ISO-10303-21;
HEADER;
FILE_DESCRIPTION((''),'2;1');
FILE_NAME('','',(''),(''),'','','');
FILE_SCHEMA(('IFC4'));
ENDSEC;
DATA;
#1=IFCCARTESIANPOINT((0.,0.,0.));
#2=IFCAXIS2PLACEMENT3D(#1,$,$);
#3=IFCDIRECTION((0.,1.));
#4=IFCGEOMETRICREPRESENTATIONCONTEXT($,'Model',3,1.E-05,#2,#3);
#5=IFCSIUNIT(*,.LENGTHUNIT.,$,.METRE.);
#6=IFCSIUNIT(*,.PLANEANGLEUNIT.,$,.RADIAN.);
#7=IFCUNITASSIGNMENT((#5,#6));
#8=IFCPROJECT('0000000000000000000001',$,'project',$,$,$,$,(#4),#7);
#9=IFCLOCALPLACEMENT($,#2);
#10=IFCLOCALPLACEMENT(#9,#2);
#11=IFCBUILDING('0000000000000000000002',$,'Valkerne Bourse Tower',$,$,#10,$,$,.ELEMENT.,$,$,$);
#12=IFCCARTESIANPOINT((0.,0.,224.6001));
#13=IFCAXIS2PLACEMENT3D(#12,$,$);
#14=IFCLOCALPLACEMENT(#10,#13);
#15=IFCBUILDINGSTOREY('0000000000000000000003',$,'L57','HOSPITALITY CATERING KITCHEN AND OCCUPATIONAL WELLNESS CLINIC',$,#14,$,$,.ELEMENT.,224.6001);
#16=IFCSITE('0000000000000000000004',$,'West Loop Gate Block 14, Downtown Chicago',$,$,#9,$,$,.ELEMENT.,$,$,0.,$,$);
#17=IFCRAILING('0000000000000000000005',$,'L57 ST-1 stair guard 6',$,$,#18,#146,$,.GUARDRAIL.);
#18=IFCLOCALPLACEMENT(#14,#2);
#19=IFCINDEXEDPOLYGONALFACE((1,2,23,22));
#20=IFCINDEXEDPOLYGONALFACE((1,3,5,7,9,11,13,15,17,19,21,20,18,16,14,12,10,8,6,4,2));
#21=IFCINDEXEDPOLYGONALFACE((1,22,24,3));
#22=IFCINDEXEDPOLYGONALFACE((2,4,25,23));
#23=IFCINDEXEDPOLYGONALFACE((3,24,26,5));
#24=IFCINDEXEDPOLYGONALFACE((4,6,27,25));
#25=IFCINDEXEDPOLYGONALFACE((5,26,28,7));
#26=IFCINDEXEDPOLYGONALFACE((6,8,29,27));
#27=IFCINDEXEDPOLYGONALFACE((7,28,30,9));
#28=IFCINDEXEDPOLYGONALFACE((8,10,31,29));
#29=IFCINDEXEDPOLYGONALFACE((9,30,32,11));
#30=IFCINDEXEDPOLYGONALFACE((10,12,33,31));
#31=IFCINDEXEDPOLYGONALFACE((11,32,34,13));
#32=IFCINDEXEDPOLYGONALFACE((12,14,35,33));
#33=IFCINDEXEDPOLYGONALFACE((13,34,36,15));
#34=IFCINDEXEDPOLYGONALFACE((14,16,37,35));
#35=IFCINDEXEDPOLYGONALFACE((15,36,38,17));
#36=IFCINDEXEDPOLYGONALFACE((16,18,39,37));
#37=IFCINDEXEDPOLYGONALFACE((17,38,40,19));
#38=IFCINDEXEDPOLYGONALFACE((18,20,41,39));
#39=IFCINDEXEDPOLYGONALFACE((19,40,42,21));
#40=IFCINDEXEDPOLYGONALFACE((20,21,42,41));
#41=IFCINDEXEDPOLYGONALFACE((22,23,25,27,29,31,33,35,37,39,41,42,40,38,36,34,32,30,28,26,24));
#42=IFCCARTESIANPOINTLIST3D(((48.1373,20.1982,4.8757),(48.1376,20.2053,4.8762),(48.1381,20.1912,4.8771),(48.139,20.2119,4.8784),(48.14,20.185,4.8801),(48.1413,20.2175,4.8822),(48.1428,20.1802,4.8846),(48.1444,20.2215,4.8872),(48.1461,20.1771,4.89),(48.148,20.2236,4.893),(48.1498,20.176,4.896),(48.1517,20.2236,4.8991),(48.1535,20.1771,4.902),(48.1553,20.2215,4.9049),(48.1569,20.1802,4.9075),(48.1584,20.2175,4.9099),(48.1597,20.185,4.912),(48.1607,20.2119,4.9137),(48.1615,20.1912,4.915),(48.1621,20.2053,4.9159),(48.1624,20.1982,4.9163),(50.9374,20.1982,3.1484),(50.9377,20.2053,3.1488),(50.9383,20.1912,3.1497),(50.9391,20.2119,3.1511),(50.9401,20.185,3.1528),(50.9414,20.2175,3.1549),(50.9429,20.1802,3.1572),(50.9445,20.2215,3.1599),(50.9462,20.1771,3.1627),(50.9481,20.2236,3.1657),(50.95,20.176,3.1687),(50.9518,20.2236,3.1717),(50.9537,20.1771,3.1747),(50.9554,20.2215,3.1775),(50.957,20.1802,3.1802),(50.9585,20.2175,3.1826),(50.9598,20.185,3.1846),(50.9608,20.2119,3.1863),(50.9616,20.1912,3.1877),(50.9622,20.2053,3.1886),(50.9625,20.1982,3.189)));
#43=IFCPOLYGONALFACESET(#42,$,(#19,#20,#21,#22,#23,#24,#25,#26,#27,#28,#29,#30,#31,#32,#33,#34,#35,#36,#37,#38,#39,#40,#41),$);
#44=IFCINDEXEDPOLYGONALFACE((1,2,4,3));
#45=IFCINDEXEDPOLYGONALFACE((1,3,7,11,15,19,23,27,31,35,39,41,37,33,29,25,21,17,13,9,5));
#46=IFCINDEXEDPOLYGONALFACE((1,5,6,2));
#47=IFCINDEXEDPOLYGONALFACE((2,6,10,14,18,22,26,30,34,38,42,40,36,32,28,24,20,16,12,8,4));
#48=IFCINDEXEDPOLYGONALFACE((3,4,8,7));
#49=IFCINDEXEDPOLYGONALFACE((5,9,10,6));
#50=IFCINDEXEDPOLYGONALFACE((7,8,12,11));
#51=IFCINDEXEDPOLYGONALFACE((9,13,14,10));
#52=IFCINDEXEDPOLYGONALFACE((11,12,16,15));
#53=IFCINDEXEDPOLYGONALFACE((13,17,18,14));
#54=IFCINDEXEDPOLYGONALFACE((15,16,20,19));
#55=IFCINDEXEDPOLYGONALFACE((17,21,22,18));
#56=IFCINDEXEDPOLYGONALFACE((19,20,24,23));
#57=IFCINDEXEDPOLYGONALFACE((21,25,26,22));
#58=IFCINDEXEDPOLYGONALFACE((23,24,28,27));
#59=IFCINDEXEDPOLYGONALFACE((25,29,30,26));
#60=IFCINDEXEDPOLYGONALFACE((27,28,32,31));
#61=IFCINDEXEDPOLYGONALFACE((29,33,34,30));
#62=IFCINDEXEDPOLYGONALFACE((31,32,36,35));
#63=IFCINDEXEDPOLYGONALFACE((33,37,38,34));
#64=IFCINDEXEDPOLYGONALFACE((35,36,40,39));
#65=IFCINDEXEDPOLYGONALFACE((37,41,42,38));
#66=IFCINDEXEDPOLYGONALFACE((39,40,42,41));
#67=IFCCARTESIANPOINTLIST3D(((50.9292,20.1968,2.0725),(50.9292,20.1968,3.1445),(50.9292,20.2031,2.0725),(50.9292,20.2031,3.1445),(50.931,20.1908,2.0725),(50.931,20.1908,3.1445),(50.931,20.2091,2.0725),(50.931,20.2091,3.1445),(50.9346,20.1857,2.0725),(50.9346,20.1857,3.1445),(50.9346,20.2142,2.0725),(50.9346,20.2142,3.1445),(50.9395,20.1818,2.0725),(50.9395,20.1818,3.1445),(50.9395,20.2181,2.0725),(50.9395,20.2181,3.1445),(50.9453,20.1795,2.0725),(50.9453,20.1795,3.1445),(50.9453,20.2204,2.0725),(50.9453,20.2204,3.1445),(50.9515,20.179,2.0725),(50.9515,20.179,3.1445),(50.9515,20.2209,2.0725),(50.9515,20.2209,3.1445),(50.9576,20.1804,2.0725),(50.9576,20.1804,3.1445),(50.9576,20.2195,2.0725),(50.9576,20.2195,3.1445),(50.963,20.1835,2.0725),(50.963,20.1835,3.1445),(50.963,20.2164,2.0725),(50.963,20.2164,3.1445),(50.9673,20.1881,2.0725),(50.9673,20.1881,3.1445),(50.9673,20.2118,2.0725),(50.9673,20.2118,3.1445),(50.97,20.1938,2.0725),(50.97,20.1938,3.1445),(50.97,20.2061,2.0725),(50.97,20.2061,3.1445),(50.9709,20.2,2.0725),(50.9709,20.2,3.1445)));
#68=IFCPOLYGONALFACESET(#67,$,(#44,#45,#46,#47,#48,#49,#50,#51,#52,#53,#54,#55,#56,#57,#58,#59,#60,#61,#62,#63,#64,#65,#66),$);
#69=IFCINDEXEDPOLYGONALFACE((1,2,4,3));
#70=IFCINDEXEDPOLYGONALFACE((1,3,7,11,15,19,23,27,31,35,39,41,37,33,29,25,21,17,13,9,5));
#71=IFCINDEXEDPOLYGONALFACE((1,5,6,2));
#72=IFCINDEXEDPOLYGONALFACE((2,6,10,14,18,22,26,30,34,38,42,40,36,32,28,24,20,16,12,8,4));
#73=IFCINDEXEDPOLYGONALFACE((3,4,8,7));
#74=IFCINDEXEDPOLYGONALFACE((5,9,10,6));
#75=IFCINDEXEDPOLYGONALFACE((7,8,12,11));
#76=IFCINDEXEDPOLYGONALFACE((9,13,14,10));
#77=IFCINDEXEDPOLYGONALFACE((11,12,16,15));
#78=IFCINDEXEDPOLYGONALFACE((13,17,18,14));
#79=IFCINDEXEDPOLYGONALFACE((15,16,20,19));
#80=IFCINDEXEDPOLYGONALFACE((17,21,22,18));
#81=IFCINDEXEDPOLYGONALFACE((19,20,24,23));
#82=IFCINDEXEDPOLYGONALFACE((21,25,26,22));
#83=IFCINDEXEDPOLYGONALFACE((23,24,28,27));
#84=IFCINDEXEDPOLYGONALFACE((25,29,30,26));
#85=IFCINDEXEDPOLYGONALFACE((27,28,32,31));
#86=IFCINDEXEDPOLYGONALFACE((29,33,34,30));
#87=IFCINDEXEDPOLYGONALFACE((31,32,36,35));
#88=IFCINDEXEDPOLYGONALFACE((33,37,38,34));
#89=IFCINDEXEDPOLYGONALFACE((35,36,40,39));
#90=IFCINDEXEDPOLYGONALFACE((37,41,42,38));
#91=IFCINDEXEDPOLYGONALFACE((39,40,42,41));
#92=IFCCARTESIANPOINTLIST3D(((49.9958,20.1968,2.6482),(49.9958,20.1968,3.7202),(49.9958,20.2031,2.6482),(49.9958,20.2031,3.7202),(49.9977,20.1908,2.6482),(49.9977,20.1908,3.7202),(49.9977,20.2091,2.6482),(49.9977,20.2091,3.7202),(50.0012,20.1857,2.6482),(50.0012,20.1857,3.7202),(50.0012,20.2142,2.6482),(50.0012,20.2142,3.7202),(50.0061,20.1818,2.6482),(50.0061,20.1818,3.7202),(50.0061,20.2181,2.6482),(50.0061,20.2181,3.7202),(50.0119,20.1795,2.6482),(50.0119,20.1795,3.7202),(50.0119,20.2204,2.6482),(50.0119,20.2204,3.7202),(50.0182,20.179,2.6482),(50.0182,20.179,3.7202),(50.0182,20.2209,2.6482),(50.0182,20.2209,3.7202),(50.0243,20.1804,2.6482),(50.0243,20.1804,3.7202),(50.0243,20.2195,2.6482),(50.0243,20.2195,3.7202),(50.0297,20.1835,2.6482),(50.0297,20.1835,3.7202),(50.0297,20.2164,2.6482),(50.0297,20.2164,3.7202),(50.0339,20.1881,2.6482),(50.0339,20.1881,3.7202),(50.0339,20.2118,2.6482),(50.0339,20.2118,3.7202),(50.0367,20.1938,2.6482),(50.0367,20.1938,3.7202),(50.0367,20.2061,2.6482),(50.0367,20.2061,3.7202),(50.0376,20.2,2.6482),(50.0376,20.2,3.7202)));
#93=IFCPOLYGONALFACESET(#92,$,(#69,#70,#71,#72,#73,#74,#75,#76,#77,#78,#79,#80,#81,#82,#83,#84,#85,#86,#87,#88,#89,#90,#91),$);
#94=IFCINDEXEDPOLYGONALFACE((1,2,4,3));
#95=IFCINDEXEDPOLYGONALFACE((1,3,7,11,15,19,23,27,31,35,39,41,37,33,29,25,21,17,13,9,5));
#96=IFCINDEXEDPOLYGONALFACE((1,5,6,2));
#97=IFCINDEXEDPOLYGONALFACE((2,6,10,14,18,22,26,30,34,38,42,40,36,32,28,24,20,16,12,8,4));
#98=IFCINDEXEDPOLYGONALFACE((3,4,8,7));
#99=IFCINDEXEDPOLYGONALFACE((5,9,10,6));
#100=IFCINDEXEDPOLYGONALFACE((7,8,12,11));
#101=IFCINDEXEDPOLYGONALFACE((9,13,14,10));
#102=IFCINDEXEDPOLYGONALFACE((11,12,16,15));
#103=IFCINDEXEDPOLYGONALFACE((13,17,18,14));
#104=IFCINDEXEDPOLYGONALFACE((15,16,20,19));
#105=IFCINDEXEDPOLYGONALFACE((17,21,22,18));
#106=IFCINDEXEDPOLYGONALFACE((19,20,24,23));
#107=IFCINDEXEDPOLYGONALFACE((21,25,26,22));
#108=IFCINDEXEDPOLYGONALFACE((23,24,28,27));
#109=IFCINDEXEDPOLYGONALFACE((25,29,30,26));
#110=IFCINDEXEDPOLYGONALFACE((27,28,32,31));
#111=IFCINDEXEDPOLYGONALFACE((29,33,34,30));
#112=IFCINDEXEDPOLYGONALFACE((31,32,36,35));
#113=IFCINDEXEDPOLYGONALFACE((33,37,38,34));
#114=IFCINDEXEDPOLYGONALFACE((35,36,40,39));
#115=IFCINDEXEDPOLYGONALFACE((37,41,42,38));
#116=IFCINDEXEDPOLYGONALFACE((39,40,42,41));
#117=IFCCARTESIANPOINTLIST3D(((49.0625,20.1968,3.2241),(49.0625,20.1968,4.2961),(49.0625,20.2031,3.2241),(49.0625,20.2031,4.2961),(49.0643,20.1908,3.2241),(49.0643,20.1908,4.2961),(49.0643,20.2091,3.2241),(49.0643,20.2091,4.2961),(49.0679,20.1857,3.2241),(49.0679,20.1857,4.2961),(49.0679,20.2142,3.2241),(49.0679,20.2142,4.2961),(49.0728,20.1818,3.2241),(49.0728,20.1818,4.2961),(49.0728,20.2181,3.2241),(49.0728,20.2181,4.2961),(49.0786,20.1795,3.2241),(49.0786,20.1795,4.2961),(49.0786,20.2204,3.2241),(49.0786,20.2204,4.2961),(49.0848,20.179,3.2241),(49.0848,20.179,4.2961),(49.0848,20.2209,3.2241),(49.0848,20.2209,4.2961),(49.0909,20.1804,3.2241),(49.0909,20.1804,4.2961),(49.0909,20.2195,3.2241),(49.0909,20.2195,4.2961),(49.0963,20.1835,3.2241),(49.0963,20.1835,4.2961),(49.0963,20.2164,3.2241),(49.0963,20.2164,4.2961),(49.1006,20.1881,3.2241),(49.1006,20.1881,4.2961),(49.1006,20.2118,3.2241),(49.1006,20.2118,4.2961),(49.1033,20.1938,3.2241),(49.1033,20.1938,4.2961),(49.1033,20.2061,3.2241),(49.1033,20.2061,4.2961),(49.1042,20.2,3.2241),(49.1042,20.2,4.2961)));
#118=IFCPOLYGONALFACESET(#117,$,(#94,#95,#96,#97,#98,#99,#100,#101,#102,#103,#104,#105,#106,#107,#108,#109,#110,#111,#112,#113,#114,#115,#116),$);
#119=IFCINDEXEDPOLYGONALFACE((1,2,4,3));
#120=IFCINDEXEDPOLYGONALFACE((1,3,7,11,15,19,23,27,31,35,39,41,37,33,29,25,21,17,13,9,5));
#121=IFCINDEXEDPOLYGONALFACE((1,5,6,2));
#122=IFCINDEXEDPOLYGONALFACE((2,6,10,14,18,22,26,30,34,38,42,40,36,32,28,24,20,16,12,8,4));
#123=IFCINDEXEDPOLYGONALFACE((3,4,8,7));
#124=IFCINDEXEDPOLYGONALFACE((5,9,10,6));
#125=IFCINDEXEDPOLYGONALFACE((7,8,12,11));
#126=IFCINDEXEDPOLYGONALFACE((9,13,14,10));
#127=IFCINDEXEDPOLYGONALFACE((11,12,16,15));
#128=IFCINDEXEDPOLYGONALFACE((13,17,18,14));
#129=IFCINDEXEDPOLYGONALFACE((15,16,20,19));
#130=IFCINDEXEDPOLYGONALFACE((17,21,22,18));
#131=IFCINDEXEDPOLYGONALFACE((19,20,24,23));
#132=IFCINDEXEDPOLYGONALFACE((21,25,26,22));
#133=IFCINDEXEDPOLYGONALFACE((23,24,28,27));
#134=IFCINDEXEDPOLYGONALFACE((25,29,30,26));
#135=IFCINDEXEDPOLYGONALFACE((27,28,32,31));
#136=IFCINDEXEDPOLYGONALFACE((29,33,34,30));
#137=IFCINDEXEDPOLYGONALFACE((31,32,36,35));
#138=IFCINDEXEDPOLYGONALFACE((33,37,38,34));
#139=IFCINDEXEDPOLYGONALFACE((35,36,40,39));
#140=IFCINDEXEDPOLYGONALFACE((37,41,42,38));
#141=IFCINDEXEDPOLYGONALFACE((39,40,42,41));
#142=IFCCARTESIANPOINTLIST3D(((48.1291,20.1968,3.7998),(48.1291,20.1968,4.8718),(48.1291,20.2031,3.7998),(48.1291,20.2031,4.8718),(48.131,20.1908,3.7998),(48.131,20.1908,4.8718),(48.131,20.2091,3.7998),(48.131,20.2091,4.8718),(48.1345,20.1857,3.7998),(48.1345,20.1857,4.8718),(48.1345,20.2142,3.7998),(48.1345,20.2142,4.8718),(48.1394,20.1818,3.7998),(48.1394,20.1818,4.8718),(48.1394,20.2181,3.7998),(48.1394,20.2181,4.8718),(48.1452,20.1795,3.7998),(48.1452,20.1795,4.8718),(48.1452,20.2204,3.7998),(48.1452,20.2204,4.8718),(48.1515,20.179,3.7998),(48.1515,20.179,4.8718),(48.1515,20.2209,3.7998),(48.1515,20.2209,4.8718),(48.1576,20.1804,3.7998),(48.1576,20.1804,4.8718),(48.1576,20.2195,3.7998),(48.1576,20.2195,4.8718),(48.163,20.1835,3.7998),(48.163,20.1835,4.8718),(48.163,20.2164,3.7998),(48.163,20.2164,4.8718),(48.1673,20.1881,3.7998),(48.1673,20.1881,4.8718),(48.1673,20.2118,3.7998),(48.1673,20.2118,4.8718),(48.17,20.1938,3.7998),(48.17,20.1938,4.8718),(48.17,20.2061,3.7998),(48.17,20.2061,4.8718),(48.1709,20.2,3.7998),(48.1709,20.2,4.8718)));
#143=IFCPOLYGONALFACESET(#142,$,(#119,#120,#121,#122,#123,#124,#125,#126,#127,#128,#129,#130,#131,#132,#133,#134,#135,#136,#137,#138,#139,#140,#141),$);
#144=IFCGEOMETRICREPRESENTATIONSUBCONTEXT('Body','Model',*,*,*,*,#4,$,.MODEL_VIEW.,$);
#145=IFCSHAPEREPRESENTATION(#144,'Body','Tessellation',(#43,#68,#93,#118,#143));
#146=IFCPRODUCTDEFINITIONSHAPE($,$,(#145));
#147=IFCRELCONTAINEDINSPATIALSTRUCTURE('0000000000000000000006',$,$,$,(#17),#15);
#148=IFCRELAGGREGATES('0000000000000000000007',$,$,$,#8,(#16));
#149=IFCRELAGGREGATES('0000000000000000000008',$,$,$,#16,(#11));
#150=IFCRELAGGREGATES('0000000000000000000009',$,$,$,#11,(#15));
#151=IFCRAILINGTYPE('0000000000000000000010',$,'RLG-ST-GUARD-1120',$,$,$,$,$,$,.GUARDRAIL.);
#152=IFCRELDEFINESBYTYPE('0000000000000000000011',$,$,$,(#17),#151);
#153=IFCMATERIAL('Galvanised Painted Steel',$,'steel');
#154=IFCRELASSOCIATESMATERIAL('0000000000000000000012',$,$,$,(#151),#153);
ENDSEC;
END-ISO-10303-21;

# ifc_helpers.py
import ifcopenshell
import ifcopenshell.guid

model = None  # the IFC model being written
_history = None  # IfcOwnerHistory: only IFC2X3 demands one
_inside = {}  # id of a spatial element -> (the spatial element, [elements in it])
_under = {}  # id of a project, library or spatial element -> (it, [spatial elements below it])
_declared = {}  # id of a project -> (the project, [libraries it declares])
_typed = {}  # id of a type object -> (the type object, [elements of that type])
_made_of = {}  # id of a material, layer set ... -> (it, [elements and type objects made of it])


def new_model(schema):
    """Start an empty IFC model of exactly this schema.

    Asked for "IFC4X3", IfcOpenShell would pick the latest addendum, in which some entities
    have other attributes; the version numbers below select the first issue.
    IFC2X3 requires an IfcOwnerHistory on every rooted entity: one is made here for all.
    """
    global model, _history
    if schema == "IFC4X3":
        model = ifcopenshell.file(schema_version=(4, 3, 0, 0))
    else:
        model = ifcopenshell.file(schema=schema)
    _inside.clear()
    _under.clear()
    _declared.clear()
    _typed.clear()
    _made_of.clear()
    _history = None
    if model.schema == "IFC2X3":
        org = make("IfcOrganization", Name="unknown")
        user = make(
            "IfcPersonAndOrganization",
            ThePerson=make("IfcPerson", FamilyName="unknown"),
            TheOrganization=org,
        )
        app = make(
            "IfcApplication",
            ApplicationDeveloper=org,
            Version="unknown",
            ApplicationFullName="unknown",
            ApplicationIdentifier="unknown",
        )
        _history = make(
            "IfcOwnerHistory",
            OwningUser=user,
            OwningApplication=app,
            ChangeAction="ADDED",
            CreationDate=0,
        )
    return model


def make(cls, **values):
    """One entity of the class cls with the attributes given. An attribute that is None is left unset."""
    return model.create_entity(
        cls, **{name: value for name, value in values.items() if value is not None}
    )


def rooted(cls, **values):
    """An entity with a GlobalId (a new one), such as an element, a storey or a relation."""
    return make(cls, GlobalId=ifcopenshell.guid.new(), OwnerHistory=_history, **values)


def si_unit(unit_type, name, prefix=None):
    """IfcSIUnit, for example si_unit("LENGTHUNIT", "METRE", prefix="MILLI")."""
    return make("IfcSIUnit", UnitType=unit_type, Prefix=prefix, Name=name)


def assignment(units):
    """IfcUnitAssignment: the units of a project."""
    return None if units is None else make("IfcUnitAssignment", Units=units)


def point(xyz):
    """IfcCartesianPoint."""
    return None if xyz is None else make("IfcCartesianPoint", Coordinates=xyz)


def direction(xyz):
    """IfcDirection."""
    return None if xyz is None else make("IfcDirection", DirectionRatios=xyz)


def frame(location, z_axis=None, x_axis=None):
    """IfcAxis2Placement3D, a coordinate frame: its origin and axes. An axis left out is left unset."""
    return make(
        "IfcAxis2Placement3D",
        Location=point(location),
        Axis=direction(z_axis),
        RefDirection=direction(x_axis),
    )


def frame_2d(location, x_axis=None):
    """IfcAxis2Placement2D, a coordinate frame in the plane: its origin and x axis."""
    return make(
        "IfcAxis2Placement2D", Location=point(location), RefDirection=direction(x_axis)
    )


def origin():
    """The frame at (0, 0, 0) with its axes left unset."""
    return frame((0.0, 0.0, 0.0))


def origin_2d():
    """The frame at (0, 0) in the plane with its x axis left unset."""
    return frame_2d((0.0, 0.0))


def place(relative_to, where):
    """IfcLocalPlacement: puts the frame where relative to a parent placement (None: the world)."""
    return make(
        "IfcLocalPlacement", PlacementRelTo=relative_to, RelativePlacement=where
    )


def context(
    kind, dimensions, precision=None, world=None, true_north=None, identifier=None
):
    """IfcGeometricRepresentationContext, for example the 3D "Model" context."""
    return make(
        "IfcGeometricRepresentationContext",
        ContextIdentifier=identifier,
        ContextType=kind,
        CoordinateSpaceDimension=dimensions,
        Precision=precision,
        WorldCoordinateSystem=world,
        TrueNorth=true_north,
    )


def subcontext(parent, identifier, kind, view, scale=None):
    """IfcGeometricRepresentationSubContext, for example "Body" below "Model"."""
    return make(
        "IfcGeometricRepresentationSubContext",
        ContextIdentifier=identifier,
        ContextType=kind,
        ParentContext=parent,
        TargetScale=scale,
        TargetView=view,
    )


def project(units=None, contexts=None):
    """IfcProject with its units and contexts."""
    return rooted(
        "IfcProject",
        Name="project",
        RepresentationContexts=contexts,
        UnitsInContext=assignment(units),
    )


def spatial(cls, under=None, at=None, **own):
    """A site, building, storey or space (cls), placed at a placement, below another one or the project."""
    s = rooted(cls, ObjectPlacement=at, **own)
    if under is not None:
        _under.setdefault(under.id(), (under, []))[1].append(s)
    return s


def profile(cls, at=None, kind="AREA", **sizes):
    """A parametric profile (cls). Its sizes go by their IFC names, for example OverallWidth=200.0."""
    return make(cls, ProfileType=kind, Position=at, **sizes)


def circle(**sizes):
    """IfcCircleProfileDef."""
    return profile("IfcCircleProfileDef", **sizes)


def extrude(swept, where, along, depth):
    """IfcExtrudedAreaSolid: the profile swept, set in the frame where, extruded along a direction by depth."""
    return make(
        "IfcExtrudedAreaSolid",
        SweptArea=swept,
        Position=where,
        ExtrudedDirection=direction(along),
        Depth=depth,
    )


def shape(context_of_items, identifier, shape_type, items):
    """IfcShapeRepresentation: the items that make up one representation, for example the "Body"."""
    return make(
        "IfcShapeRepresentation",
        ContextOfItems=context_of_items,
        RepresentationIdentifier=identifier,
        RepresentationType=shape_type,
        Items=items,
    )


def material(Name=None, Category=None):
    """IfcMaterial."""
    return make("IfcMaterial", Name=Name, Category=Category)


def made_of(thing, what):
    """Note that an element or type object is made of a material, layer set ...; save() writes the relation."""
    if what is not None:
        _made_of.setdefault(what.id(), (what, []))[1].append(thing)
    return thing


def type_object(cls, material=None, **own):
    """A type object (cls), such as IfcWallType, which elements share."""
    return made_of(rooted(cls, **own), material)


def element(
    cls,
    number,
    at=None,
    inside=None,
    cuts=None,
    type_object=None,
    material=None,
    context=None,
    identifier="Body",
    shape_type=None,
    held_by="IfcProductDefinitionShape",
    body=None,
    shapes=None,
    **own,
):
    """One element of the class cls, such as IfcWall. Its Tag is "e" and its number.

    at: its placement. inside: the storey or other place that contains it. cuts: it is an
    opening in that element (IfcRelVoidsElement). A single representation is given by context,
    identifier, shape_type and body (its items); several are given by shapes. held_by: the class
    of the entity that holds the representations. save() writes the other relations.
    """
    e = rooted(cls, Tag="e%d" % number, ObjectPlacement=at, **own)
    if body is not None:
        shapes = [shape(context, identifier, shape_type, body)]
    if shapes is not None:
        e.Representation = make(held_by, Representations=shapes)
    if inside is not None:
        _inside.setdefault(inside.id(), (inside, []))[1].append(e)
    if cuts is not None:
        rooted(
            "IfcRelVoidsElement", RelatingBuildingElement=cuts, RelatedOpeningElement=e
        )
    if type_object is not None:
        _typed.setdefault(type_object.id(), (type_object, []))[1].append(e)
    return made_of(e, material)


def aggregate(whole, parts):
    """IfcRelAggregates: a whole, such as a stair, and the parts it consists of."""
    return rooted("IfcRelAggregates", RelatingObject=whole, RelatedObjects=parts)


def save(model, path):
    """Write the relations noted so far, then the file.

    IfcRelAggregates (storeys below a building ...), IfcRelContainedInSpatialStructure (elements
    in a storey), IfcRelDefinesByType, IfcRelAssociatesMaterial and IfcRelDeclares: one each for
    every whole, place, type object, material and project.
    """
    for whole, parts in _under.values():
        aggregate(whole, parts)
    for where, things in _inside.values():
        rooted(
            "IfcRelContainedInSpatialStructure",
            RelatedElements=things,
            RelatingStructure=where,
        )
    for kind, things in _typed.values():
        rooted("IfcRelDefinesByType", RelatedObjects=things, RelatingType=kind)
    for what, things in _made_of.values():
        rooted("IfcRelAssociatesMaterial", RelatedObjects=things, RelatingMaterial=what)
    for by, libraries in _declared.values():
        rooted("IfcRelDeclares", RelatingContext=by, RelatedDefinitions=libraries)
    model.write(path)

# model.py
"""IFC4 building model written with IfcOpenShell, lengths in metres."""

from ifc_helpers import new_model, si_unit, direction, frame, origin, origin_2d, place, context, subcontext, project, spatial, circle, extrude, material, type_object, element, save


model = new_model("IFC4")

# Units and contexts
model_context = context("Model", 3, precision=1e-05, world=origin(), true_north=direction((0.0, 1.0)))
body_context = subcontext(model_context, "Body", "Model", "MODEL_VIEW")
ifc_project = project(units=[si_unit("LENGTHUNIT", "METRE"), si_unit("PLANEANGLEUNIT", "RADIAN")], contexts=[model_context])

# Site, building, storey
site_placement = place(None, origin())
site = spatial("IfcSite", under=ifc_project, at=site_placement, Name="West Loop Gate Block 14, Downtown Chicago", CompositionType="ELEMENT", RefElevation=0.0)
building_placement = place(site_placement, origin())
building = spatial("IfcBuilding", under=site, at=building_placement, Name="Valkerne Bourse Tower", CompositionType="ELEMENT")
storey_placement = place(building_placement, frame((0.0, 0.0, 224.6001)))
storey = spatial("IfcBuildingStorey", under=building, at=storey_placement, Name="L57", Description="HOSPITALITY CATERING KITCHEN AND OCCUPATIONAL WELLNESS CLINIC", CompositionType="ELEMENT", Elevation=224.6001)

# Shared definitions
ifc_material_1 = material(Name="Galvanised Painted Steel", Category="steel")

# Railing
railing_type_1 = type_object("IfcRailingType", Name="RLG-ST-GUARD-1120", PredefinedType="GUARDRAIL", material=ifc_material_1)
railing_1_placement = place(storey_placement, frame((50.95, 20.2, 2.0725)))
element("IfcRailing", 1, at=railing_1_placement, inside=storey, type_object=railing_type_1, Name="L57 ST-1 stair guard 6", PredefinedType="GUARDRAIL", context=body_context, shape_type="SweptSolid", body=[
    extrude(circle(Radius=0.0239, at=origin_2d()), frame((0.0, 0.0, 1.0962), z_axis=(-0.85109, 0.0, 0.52502), x_axis=(0.0, -1.0, 0.0)), (0.0, 0.0, 1.0), 3.29),
    extrude(circle(Radius=0.021, at=origin_2d()), origin(), (0.0, 0.0, 1.0), 1.072),
    extrude(circle(Radius=0.021, at=origin_2d()), frame((-0.9333, 0.0, 0.5757)), (0.0, 0.0, 1.0), 1.072),
    extrude(circle(Radius=0.021, at=origin_2d()), frame((-1.8667, 0.0, 1.1516)), (0.0, 0.0, 1.0), 1.072),
    extrude(circle(Radius=0.021, at=origin_2d()), frame((-2.8, 0.0, 1.7273)), (0.0, 0.0, 1.0), 1.072),
])

save(model, "model.ifc")
